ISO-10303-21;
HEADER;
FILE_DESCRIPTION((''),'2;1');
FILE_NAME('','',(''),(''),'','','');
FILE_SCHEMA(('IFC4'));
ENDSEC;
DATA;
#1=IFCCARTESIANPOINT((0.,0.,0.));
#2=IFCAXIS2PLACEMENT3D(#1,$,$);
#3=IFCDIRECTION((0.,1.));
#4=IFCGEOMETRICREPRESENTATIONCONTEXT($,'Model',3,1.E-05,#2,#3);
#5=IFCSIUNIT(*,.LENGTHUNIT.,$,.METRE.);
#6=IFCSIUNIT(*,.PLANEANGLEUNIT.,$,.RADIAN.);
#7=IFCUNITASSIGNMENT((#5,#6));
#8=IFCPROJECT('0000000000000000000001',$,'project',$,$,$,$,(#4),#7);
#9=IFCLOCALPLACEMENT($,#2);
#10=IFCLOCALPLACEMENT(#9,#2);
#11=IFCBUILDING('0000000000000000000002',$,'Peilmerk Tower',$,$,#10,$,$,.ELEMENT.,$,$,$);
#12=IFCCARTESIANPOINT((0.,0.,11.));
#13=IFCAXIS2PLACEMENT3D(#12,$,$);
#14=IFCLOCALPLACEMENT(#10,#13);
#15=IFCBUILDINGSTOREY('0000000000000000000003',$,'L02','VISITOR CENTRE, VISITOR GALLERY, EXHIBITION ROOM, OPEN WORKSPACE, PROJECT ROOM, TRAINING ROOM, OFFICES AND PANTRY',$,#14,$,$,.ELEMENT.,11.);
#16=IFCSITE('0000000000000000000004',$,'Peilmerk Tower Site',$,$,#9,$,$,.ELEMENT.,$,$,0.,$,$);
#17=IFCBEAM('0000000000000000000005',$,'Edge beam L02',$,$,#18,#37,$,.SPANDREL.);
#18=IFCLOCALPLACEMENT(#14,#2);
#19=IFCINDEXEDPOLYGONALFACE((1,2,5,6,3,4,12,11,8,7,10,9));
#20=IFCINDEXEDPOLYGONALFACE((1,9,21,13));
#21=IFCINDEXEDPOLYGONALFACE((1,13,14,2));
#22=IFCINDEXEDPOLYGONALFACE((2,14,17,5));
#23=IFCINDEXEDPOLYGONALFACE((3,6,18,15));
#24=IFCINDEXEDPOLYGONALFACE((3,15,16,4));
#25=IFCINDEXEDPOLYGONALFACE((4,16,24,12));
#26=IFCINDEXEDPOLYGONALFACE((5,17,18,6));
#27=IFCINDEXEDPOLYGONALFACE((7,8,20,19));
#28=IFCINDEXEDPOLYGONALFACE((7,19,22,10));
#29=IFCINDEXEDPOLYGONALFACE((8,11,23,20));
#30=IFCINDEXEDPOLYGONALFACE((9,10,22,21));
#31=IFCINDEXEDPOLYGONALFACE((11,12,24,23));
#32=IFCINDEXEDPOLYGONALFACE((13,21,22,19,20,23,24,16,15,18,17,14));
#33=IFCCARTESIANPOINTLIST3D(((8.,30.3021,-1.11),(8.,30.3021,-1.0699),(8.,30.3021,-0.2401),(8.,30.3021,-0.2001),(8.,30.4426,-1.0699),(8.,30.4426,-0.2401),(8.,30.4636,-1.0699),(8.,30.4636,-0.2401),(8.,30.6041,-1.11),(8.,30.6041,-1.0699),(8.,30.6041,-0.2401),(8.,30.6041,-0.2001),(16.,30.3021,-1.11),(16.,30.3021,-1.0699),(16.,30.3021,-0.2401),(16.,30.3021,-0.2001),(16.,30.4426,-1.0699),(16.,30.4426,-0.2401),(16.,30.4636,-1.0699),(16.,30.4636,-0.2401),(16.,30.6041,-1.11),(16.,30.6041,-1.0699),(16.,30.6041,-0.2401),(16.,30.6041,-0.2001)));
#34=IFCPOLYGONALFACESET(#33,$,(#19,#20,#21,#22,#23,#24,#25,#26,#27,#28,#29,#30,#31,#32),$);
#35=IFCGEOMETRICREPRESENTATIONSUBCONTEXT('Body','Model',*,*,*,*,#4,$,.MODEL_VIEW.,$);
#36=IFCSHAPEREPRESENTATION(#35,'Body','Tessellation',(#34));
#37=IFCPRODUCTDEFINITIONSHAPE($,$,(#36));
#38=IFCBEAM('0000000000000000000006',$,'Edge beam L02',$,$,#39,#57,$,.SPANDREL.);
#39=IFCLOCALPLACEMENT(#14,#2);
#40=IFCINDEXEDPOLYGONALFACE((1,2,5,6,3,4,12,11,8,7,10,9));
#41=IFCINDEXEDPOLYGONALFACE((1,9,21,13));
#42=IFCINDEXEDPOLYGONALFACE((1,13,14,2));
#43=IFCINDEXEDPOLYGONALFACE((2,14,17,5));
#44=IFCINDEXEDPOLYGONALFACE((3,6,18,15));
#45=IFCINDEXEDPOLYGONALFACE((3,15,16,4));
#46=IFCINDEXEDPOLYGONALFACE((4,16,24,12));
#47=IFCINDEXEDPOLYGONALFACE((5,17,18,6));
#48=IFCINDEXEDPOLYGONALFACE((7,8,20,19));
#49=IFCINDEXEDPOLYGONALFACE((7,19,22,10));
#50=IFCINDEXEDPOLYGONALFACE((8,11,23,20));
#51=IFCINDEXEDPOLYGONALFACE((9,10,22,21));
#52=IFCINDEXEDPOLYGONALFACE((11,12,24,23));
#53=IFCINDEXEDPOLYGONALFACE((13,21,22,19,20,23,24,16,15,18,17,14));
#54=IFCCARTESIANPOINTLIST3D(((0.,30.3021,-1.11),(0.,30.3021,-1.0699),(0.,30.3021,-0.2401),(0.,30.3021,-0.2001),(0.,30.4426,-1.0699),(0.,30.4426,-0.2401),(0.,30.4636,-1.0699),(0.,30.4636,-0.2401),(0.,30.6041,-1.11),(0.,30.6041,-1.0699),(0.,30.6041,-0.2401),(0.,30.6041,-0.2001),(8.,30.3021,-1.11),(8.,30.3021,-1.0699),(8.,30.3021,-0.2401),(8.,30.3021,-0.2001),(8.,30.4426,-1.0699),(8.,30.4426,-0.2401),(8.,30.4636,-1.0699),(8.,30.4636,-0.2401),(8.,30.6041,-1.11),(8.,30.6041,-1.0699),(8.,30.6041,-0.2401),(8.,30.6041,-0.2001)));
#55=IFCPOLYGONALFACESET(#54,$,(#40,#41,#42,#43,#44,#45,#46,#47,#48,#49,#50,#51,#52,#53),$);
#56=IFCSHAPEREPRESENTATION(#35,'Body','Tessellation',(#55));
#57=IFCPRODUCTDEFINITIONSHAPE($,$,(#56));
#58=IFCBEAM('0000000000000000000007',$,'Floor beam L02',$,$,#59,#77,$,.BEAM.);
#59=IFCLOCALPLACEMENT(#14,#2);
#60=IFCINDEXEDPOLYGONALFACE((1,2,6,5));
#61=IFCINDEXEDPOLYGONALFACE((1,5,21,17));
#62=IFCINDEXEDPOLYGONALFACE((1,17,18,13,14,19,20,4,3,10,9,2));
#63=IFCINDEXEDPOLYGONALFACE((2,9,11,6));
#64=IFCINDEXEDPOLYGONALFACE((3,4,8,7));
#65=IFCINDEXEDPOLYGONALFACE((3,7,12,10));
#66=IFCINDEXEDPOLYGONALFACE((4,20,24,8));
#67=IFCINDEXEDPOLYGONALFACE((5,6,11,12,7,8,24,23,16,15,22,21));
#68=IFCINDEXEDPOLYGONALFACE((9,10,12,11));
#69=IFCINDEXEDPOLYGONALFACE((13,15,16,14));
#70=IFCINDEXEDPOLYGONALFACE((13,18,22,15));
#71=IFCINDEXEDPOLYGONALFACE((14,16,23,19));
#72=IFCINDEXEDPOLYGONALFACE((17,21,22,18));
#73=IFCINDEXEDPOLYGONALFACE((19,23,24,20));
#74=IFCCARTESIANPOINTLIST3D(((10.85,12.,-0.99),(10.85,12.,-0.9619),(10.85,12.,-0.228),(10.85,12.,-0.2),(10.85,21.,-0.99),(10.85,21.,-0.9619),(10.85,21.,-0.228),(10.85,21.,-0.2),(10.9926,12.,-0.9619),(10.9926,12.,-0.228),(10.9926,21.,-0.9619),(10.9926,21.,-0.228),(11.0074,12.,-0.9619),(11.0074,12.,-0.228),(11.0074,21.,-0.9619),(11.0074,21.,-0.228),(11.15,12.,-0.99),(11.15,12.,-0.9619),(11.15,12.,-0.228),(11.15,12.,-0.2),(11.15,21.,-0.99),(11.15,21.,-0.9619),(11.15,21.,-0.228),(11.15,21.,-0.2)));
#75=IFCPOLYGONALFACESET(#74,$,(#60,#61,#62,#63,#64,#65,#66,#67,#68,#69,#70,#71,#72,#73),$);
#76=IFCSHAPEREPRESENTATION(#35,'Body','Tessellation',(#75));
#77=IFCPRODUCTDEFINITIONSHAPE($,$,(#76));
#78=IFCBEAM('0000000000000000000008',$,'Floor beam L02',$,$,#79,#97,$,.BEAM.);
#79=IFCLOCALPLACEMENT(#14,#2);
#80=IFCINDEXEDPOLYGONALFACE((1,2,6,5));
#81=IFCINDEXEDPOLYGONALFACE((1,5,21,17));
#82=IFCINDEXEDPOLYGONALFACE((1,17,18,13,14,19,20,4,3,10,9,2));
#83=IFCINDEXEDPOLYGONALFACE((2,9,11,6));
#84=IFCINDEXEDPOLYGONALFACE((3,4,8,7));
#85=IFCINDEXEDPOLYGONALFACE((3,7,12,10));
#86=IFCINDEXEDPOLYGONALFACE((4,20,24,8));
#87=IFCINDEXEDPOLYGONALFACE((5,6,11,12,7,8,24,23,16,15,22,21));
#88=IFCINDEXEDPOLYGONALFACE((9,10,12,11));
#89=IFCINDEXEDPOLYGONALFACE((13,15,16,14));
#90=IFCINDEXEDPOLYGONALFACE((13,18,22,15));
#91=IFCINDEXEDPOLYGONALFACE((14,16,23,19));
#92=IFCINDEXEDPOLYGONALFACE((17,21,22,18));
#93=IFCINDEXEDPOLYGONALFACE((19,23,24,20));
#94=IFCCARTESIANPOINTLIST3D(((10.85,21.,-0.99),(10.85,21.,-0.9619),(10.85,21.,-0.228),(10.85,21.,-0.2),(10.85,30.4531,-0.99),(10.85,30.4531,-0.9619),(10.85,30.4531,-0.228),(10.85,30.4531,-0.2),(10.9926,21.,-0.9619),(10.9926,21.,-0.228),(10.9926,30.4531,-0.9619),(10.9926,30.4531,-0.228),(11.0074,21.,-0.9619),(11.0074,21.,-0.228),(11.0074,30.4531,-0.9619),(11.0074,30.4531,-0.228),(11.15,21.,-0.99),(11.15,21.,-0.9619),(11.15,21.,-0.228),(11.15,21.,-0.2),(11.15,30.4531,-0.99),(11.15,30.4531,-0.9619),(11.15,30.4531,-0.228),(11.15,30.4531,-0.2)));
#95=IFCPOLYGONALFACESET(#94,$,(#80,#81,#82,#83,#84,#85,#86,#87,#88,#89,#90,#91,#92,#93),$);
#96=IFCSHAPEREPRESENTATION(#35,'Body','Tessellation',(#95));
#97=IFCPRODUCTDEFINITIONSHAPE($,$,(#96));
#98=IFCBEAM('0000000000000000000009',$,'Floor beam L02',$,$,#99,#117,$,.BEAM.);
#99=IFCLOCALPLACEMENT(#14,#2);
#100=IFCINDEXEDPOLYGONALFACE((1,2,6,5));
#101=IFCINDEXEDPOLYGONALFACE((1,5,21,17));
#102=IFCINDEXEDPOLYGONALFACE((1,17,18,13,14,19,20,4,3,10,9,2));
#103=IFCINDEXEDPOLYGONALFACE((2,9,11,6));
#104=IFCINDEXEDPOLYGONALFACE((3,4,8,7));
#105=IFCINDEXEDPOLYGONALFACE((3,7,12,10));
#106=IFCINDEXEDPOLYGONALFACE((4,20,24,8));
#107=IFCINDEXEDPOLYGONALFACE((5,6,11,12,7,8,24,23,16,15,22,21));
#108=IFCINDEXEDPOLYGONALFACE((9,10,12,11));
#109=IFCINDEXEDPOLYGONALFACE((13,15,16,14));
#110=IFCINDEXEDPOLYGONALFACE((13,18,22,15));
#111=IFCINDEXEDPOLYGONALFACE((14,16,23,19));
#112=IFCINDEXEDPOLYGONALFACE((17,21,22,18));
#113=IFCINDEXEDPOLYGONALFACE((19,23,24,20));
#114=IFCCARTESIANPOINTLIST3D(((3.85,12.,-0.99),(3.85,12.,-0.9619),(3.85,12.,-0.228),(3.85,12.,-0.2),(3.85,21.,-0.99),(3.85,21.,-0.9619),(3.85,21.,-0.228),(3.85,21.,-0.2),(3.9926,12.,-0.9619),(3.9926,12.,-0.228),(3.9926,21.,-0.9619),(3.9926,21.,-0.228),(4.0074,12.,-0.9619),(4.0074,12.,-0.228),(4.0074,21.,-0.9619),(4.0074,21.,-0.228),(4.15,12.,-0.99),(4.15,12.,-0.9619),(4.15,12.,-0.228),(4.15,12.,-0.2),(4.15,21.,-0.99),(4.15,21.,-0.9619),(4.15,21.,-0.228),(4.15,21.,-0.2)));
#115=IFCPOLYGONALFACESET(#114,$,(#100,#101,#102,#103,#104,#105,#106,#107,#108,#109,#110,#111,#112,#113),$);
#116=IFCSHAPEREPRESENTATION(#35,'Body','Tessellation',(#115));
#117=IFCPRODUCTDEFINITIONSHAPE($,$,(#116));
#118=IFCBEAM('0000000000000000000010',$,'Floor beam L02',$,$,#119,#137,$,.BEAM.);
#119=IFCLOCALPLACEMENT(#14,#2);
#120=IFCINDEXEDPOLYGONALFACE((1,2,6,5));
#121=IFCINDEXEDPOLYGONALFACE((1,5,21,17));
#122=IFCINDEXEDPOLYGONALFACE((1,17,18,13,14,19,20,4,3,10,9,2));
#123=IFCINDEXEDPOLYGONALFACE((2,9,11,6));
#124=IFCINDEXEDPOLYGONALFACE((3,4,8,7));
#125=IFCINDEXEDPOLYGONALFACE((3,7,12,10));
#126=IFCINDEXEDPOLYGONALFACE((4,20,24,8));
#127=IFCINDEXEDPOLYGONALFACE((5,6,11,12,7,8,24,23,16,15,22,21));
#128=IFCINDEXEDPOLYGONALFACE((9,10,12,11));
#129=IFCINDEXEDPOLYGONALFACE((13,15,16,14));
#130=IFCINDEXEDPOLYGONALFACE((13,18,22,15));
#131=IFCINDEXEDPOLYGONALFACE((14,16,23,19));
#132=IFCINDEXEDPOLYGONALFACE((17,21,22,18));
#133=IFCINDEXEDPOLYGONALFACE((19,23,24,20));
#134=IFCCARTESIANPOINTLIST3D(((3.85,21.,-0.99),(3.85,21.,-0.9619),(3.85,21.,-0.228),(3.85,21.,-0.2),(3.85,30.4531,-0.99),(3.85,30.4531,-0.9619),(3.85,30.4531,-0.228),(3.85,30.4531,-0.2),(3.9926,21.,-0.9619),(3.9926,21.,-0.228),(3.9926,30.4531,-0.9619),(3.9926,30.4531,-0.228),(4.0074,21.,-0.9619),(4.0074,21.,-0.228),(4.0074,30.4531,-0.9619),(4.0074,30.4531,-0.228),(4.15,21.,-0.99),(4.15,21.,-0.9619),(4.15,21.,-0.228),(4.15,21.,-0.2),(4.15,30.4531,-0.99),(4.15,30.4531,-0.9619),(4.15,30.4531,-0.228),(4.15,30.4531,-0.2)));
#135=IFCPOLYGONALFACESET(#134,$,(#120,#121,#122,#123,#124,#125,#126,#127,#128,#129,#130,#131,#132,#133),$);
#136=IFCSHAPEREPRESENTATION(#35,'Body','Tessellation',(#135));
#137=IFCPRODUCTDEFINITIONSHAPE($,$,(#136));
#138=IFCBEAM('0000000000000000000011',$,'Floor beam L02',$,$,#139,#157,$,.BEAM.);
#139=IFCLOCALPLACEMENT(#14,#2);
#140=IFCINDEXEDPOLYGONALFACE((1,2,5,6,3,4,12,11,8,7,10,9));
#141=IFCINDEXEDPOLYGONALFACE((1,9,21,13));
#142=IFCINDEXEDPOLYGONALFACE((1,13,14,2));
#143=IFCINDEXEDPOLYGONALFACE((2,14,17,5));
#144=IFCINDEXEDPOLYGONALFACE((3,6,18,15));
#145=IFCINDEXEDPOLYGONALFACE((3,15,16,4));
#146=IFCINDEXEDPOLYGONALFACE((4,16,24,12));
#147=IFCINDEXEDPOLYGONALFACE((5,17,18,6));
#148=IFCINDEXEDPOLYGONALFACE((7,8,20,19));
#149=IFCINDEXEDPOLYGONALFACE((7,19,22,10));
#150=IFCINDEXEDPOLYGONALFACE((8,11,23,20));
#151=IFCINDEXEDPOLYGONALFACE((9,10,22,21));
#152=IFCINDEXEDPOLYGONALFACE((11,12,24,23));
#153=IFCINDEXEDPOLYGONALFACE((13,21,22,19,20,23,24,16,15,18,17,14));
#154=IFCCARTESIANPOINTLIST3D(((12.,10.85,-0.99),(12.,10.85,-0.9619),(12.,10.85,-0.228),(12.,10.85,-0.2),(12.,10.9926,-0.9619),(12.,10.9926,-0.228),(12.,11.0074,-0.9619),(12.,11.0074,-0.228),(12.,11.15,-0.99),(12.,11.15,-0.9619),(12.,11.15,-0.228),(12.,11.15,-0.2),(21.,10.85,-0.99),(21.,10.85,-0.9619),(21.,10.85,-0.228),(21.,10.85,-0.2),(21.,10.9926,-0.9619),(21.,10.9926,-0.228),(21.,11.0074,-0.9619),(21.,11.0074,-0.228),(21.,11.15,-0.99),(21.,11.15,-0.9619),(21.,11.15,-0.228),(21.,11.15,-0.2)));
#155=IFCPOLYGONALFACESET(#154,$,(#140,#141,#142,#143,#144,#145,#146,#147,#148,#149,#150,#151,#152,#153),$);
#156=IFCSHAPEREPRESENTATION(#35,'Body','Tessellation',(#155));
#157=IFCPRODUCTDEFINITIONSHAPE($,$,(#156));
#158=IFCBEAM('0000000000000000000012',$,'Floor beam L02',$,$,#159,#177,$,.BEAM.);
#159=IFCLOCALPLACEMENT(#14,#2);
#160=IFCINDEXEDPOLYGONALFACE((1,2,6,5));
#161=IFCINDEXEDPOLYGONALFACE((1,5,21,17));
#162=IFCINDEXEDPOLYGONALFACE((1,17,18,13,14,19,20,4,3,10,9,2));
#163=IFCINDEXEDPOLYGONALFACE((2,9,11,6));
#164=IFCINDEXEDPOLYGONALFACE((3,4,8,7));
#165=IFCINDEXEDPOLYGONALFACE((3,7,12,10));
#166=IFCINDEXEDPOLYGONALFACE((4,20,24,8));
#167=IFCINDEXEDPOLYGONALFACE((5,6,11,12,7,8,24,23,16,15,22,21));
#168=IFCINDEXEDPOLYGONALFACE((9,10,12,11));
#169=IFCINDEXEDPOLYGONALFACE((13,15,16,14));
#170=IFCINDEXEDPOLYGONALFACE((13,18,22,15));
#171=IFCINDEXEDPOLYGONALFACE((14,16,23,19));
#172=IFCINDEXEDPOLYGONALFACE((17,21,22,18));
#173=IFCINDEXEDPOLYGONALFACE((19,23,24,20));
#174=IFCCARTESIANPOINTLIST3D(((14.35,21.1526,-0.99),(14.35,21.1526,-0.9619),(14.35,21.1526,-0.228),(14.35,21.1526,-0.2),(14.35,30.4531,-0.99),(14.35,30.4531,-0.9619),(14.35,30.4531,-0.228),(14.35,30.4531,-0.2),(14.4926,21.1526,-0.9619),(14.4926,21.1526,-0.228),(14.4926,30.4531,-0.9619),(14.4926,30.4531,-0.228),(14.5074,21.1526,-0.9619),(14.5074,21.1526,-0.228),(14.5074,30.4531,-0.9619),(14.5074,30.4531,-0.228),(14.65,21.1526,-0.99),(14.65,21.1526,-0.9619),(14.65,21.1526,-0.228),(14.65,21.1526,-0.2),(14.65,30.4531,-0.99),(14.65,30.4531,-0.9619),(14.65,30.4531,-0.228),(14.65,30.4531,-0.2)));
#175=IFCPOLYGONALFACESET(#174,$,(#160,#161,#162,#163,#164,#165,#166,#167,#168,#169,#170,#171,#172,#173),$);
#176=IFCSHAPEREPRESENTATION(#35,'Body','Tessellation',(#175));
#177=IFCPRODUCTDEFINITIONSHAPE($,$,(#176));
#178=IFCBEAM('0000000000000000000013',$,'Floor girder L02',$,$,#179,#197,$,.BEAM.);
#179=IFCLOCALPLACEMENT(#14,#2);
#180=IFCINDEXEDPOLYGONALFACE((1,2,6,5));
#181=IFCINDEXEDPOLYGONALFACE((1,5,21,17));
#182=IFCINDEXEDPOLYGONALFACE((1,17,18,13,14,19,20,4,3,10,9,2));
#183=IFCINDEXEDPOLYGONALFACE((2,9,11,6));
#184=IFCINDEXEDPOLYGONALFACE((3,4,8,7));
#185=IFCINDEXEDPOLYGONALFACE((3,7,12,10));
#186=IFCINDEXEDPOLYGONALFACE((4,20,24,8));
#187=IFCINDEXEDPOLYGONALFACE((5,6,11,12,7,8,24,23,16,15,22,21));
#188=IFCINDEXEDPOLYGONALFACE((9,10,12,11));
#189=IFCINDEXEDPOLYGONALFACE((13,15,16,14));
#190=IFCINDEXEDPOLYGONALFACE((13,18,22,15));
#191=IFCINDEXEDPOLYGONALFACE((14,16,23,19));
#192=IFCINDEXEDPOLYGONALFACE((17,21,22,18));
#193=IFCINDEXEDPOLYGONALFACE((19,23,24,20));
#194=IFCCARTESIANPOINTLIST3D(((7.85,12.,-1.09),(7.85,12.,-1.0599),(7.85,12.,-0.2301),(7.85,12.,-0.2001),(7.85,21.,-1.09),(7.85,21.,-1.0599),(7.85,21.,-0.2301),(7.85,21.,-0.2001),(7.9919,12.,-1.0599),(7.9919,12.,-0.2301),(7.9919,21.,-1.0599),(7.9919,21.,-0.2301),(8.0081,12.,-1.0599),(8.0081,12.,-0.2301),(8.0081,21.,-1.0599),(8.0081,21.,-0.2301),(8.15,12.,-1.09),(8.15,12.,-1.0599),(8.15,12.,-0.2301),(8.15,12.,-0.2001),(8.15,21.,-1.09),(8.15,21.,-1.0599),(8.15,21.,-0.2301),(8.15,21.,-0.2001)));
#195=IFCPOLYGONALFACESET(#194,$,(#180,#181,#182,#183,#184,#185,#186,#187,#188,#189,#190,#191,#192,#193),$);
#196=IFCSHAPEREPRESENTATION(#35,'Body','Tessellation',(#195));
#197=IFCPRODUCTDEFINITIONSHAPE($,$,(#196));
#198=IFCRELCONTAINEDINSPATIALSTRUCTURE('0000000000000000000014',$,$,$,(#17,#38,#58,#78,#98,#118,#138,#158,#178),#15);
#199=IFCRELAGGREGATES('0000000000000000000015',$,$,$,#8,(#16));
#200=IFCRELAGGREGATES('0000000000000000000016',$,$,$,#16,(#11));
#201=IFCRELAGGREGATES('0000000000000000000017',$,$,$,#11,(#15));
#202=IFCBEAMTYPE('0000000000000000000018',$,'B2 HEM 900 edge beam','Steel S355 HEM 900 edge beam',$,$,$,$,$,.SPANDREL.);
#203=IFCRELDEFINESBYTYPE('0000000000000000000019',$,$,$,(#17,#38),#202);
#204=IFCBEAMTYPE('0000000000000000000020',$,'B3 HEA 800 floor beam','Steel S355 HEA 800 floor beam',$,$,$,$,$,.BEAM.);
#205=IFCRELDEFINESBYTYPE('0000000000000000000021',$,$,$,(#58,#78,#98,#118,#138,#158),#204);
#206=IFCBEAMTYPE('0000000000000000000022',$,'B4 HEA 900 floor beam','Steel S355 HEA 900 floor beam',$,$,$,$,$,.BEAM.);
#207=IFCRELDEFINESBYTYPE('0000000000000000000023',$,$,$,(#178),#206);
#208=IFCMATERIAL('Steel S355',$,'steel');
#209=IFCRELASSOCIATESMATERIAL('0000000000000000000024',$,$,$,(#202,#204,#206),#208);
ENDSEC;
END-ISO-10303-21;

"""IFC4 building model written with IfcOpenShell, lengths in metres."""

from ifc_helpers import new_model, si_unit, direction, frame, origin, origin_2d, place, context, subcontext, project, spatial, i_section, extrude, material, material_profile, profile_set, type_object, element, save


model = new_model("IFC4")

# Units and contexts
model_context = context("Model", 3, precision=1e-05, world=origin(), true_north=direction((0.0, 1.0)))
body_context = subcontext(model_context, "Body", "Model", "MODEL_VIEW")
ifc_project = project(units=[si_unit("LENGTHUNIT", "METRE"), si_unit("PLANEANGLEUNIT", "RADIAN")], contexts=[model_context])

# Site, building, storey
site_placement = place(None, origin())
site = spatial("IfcSite", under=ifc_project, at=site_placement, Name="Peilmerk Tower Site", CompositionType="ELEMENT", RefElevation=0.0)
building_placement = place(site_placement, origin())
building = spatial("IfcBuilding", under=site, at=building_placement, Name="Peilmerk Tower", CompositionType="ELEMENT")
storey_placement = place(building_placement, frame((0.0, 0.0, 11.0)))
storey = spatial("IfcBuildingStorey", under=building, at=storey_placement, Name="L02", Description="VISITOR CENTRE, VISITOR GALLERY, EXHIBITION ROOM, OPEN WORKSPACE, PROJECT ROOM, TRAINING ROOM, OFFICES AND PANTRY", CompositionType="ELEMENT", Elevation=11.0)

# Beams
ifc_material_1 = material(Name="Steel S355", Category="steel")
ifc_material_profile_1 = material_profile(ifc_material_1, i_section(OverallWidth=0.302, OverallDepth=0.9099, WebThickness=0.021, FlangeThickness=0.04, at=origin_2d()), Name="HEM 900")
ifc_profile_set_1 = profile_set([ifc_material_profile_1], Name="Steel S355")
beam_type_1 = type_object("IfcBeamType", Name="B2 HEM 900 edge beam", Description="Steel S355 HEM 900 edge beam", PredefinedType="SPANDREL", material=ifc_profile_set_1)
for number, where, z_axis, x_axis, name in (
    (1, (16.0, 30.4531, -0.655), (-1.0, 0.0, 0.0), (0.0, -1.0, 0.0), "Edge beam L02"),
    (2, (8.0, 30.4531, -0.655), (-1.0, 0.0, 0.0), (0.0, -1.0, 0.0), "Edge beam L02"),
):
    element("IfcBeam", number, at=place(storey_placement, frame(where, z_axis=z_axis, x_axis=x_axis)), inside=storey, type_object=beam_type_1, Name=name, PredefinedType="SPANDREL", context=body_context, shape_type="SweptSolid", body=[
        extrude(i_section(OverallWidth=0.302, OverallDepth=0.9099, WebThickness=0.021, FlangeThickness=0.04, at=origin_2d()), origin(), (0.0, 0.0, 1.0), 8.0),
    ])
ifc_material_profile_2 = material_profile(ifc_material_1, i_section(OverallWidth=0.3, OverallDepth=0.79, WebThickness=0.0149, FlangeThickness=0.0281, at=origin_2d()), Name="HEA 800")
ifc_profile_set_2 = profile_set([ifc_material_profile_2], Name="Steel S355")
beam_type_2 = type_object("IfcBeamType", Name="B3 HEA 800 floor beam", Description="Steel S355 HEA 800 floor beam", PredefinedType="BEAM", material=ifc_profile_set_2)
beam_1_placement = place(storey_placement, frame((11.0, 12.0, -0.595), z_axis=(0.0, 1.0, 0.0), x_axis=(-1.0, 0.0, 0.0)))
element("IfcBeam", 3, at=beam_1_placement, inside=storey, type_object=beam_type_2, Name="Floor beam L02", PredefinedType="BEAM", context=body_context, shape_type="SweptSolid", body=[
    extrude(i_section(OverallWidth=0.3, OverallDepth=0.79, WebThickness=0.0149, FlangeThickness=0.0281, at=origin_2d()), origin(), (0.0, 0.0, 1.0), 9.0),
])
beam_2_placement = place(storey_placement, frame((11.0, 21.0, -0.595), z_axis=(0.0, 1.0, 0.0), x_axis=(-1.0, 0.0, 0.0)))
element("IfcBeam", 4, at=beam_2_placement, inside=storey, type_object=beam_type_2, Name="Floor beam L02", PredefinedType="BEAM", context=body_context, shape_type="SweptSolid", body=[
    extrude(i_section(OverallWidth=0.3, OverallDepth=0.79, WebThickness=0.0149, FlangeThickness=0.0281, at=origin_2d()), origin(), (0.0, 0.0, 1.0), 9.4531),
])
beam_3_placement = place(storey_placement, frame((4.0, 12.0, -0.595), z_axis=(0.0, 1.0, 0.0), x_axis=(-1.0, 0.0, 0.0)))
element("IfcBeam", 5, at=beam_3_placement, inside=storey, type_object=beam_type_2, Name="Floor beam L02", PredefinedType="BEAM", context=body_context, shape_type="SweptSolid", body=[
    extrude(i_section(OverallWidth=0.3, OverallDepth=0.79, WebThickness=0.0149, FlangeThickness=0.0281, at=origin_2d()), origin(), (0.0, 0.0, 1.0), 9.0),
])
beam_4_placement = place(storey_placement, frame((4.0, 21.0, -0.595), z_axis=(0.0, 1.0, 0.0), x_axis=(-1.0, 0.0, 0.0)))
element("IfcBeam", 6, at=beam_4_placement, inside=storey, type_object=beam_type_2, Name="Floor beam L02", PredefinedType="BEAM", context=body_context, shape_type="SweptSolid", body=[
    extrude(i_section(OverallWidth=0.3, OverallDepth=0.79, WebThickness=0.0149, FlangeThickness=0.0281, at=origin_2d()), origin(), (0.0, 0.0, 1.0), 9.4531),
])
beam_5_placement = place(storey_placement, frame((12.0, 11.0, -0.595), z_axis=(1.0, 0.0, 0.0), x_axis=(0.0, 1.0, 0.0)))
element("IfcBeam", 7, at=beam_5_placement, inside=storey, type_object=beam_type_2, Name="Floor beam L02", PredefinedType="BEAM", context=body_context, shape_type="SweptSolid", body=[
    extrude(i_section(OverallWidth=0.3, OverallDepth=0.79, WebThickness=0.0149, FlangeThickness=0.0281, at=origin_2d()), origin(), (0.0, 0.0, 1.0), 9.0),
])
beam_6_placement = place(storey_placement, frame((14.5, 21.1526, -0.595), z_axis=(0.0, 1.0, 0.0), x_axis=(-1.0, 0.0, 0.0)))
element("IfcBeam", 8, at=beam_6_placement, inside=storey, type_object=beam_type_2, Name="Floor beam L02", PredefinedType="BEAM", context=body_context, shape_type="SweptSolid", body=[
    extrude(i_section(OverallWidth=0.3, OverallDepth=0.79, WebThickness=0.0149, FlangeThickness=0.0281, at=origin_2d()), origin(), (0.0, 0.0, 1.0), 9.3005),
])
ifc_material_profile_3 = material_profile(ifc_material_1, i_section(OverallWidth=0.3, OverallDepth=0.8899, WebThickness=0.0161, FlangeThickness=0.03, at=origin_2d()), Name="HEA 900")
ifc_profile_set_3 = profile_set([ifc_material_profile_3], Name="Steel S355")
beam_type_3 = type_object("IfcBeamType", Name="B4 HEA 900 floor beam", Description="Steel S355 HEA 900 floor beam", PredefinedType="BEAM", material=ifc_profile_set_3)
beam_7_placement = place(storey_placement, frame((8.0, 12.0, -0.645), z_axis=(0.0, 1.0, 0.0), x_axis=(-1.0, 0.0, 0.0)))
element("IfcBeam", 9, at=beam_7_placement, inside=storey, type_object=beam_type_3, Name="Floor girder L02", PredefinedType="BEAM", context=body_context, shape_type="SweptSolid", body=[
    extrude(i_section(OverallWidth=0.3, OverallDepth=0.8899, WebThickness=0.0161, FlangeThickness=0.03, at=origin_2d()), origin(), (0.0, 0.0, 1.0), 9.0),
])

save(model, "model.ifc")
